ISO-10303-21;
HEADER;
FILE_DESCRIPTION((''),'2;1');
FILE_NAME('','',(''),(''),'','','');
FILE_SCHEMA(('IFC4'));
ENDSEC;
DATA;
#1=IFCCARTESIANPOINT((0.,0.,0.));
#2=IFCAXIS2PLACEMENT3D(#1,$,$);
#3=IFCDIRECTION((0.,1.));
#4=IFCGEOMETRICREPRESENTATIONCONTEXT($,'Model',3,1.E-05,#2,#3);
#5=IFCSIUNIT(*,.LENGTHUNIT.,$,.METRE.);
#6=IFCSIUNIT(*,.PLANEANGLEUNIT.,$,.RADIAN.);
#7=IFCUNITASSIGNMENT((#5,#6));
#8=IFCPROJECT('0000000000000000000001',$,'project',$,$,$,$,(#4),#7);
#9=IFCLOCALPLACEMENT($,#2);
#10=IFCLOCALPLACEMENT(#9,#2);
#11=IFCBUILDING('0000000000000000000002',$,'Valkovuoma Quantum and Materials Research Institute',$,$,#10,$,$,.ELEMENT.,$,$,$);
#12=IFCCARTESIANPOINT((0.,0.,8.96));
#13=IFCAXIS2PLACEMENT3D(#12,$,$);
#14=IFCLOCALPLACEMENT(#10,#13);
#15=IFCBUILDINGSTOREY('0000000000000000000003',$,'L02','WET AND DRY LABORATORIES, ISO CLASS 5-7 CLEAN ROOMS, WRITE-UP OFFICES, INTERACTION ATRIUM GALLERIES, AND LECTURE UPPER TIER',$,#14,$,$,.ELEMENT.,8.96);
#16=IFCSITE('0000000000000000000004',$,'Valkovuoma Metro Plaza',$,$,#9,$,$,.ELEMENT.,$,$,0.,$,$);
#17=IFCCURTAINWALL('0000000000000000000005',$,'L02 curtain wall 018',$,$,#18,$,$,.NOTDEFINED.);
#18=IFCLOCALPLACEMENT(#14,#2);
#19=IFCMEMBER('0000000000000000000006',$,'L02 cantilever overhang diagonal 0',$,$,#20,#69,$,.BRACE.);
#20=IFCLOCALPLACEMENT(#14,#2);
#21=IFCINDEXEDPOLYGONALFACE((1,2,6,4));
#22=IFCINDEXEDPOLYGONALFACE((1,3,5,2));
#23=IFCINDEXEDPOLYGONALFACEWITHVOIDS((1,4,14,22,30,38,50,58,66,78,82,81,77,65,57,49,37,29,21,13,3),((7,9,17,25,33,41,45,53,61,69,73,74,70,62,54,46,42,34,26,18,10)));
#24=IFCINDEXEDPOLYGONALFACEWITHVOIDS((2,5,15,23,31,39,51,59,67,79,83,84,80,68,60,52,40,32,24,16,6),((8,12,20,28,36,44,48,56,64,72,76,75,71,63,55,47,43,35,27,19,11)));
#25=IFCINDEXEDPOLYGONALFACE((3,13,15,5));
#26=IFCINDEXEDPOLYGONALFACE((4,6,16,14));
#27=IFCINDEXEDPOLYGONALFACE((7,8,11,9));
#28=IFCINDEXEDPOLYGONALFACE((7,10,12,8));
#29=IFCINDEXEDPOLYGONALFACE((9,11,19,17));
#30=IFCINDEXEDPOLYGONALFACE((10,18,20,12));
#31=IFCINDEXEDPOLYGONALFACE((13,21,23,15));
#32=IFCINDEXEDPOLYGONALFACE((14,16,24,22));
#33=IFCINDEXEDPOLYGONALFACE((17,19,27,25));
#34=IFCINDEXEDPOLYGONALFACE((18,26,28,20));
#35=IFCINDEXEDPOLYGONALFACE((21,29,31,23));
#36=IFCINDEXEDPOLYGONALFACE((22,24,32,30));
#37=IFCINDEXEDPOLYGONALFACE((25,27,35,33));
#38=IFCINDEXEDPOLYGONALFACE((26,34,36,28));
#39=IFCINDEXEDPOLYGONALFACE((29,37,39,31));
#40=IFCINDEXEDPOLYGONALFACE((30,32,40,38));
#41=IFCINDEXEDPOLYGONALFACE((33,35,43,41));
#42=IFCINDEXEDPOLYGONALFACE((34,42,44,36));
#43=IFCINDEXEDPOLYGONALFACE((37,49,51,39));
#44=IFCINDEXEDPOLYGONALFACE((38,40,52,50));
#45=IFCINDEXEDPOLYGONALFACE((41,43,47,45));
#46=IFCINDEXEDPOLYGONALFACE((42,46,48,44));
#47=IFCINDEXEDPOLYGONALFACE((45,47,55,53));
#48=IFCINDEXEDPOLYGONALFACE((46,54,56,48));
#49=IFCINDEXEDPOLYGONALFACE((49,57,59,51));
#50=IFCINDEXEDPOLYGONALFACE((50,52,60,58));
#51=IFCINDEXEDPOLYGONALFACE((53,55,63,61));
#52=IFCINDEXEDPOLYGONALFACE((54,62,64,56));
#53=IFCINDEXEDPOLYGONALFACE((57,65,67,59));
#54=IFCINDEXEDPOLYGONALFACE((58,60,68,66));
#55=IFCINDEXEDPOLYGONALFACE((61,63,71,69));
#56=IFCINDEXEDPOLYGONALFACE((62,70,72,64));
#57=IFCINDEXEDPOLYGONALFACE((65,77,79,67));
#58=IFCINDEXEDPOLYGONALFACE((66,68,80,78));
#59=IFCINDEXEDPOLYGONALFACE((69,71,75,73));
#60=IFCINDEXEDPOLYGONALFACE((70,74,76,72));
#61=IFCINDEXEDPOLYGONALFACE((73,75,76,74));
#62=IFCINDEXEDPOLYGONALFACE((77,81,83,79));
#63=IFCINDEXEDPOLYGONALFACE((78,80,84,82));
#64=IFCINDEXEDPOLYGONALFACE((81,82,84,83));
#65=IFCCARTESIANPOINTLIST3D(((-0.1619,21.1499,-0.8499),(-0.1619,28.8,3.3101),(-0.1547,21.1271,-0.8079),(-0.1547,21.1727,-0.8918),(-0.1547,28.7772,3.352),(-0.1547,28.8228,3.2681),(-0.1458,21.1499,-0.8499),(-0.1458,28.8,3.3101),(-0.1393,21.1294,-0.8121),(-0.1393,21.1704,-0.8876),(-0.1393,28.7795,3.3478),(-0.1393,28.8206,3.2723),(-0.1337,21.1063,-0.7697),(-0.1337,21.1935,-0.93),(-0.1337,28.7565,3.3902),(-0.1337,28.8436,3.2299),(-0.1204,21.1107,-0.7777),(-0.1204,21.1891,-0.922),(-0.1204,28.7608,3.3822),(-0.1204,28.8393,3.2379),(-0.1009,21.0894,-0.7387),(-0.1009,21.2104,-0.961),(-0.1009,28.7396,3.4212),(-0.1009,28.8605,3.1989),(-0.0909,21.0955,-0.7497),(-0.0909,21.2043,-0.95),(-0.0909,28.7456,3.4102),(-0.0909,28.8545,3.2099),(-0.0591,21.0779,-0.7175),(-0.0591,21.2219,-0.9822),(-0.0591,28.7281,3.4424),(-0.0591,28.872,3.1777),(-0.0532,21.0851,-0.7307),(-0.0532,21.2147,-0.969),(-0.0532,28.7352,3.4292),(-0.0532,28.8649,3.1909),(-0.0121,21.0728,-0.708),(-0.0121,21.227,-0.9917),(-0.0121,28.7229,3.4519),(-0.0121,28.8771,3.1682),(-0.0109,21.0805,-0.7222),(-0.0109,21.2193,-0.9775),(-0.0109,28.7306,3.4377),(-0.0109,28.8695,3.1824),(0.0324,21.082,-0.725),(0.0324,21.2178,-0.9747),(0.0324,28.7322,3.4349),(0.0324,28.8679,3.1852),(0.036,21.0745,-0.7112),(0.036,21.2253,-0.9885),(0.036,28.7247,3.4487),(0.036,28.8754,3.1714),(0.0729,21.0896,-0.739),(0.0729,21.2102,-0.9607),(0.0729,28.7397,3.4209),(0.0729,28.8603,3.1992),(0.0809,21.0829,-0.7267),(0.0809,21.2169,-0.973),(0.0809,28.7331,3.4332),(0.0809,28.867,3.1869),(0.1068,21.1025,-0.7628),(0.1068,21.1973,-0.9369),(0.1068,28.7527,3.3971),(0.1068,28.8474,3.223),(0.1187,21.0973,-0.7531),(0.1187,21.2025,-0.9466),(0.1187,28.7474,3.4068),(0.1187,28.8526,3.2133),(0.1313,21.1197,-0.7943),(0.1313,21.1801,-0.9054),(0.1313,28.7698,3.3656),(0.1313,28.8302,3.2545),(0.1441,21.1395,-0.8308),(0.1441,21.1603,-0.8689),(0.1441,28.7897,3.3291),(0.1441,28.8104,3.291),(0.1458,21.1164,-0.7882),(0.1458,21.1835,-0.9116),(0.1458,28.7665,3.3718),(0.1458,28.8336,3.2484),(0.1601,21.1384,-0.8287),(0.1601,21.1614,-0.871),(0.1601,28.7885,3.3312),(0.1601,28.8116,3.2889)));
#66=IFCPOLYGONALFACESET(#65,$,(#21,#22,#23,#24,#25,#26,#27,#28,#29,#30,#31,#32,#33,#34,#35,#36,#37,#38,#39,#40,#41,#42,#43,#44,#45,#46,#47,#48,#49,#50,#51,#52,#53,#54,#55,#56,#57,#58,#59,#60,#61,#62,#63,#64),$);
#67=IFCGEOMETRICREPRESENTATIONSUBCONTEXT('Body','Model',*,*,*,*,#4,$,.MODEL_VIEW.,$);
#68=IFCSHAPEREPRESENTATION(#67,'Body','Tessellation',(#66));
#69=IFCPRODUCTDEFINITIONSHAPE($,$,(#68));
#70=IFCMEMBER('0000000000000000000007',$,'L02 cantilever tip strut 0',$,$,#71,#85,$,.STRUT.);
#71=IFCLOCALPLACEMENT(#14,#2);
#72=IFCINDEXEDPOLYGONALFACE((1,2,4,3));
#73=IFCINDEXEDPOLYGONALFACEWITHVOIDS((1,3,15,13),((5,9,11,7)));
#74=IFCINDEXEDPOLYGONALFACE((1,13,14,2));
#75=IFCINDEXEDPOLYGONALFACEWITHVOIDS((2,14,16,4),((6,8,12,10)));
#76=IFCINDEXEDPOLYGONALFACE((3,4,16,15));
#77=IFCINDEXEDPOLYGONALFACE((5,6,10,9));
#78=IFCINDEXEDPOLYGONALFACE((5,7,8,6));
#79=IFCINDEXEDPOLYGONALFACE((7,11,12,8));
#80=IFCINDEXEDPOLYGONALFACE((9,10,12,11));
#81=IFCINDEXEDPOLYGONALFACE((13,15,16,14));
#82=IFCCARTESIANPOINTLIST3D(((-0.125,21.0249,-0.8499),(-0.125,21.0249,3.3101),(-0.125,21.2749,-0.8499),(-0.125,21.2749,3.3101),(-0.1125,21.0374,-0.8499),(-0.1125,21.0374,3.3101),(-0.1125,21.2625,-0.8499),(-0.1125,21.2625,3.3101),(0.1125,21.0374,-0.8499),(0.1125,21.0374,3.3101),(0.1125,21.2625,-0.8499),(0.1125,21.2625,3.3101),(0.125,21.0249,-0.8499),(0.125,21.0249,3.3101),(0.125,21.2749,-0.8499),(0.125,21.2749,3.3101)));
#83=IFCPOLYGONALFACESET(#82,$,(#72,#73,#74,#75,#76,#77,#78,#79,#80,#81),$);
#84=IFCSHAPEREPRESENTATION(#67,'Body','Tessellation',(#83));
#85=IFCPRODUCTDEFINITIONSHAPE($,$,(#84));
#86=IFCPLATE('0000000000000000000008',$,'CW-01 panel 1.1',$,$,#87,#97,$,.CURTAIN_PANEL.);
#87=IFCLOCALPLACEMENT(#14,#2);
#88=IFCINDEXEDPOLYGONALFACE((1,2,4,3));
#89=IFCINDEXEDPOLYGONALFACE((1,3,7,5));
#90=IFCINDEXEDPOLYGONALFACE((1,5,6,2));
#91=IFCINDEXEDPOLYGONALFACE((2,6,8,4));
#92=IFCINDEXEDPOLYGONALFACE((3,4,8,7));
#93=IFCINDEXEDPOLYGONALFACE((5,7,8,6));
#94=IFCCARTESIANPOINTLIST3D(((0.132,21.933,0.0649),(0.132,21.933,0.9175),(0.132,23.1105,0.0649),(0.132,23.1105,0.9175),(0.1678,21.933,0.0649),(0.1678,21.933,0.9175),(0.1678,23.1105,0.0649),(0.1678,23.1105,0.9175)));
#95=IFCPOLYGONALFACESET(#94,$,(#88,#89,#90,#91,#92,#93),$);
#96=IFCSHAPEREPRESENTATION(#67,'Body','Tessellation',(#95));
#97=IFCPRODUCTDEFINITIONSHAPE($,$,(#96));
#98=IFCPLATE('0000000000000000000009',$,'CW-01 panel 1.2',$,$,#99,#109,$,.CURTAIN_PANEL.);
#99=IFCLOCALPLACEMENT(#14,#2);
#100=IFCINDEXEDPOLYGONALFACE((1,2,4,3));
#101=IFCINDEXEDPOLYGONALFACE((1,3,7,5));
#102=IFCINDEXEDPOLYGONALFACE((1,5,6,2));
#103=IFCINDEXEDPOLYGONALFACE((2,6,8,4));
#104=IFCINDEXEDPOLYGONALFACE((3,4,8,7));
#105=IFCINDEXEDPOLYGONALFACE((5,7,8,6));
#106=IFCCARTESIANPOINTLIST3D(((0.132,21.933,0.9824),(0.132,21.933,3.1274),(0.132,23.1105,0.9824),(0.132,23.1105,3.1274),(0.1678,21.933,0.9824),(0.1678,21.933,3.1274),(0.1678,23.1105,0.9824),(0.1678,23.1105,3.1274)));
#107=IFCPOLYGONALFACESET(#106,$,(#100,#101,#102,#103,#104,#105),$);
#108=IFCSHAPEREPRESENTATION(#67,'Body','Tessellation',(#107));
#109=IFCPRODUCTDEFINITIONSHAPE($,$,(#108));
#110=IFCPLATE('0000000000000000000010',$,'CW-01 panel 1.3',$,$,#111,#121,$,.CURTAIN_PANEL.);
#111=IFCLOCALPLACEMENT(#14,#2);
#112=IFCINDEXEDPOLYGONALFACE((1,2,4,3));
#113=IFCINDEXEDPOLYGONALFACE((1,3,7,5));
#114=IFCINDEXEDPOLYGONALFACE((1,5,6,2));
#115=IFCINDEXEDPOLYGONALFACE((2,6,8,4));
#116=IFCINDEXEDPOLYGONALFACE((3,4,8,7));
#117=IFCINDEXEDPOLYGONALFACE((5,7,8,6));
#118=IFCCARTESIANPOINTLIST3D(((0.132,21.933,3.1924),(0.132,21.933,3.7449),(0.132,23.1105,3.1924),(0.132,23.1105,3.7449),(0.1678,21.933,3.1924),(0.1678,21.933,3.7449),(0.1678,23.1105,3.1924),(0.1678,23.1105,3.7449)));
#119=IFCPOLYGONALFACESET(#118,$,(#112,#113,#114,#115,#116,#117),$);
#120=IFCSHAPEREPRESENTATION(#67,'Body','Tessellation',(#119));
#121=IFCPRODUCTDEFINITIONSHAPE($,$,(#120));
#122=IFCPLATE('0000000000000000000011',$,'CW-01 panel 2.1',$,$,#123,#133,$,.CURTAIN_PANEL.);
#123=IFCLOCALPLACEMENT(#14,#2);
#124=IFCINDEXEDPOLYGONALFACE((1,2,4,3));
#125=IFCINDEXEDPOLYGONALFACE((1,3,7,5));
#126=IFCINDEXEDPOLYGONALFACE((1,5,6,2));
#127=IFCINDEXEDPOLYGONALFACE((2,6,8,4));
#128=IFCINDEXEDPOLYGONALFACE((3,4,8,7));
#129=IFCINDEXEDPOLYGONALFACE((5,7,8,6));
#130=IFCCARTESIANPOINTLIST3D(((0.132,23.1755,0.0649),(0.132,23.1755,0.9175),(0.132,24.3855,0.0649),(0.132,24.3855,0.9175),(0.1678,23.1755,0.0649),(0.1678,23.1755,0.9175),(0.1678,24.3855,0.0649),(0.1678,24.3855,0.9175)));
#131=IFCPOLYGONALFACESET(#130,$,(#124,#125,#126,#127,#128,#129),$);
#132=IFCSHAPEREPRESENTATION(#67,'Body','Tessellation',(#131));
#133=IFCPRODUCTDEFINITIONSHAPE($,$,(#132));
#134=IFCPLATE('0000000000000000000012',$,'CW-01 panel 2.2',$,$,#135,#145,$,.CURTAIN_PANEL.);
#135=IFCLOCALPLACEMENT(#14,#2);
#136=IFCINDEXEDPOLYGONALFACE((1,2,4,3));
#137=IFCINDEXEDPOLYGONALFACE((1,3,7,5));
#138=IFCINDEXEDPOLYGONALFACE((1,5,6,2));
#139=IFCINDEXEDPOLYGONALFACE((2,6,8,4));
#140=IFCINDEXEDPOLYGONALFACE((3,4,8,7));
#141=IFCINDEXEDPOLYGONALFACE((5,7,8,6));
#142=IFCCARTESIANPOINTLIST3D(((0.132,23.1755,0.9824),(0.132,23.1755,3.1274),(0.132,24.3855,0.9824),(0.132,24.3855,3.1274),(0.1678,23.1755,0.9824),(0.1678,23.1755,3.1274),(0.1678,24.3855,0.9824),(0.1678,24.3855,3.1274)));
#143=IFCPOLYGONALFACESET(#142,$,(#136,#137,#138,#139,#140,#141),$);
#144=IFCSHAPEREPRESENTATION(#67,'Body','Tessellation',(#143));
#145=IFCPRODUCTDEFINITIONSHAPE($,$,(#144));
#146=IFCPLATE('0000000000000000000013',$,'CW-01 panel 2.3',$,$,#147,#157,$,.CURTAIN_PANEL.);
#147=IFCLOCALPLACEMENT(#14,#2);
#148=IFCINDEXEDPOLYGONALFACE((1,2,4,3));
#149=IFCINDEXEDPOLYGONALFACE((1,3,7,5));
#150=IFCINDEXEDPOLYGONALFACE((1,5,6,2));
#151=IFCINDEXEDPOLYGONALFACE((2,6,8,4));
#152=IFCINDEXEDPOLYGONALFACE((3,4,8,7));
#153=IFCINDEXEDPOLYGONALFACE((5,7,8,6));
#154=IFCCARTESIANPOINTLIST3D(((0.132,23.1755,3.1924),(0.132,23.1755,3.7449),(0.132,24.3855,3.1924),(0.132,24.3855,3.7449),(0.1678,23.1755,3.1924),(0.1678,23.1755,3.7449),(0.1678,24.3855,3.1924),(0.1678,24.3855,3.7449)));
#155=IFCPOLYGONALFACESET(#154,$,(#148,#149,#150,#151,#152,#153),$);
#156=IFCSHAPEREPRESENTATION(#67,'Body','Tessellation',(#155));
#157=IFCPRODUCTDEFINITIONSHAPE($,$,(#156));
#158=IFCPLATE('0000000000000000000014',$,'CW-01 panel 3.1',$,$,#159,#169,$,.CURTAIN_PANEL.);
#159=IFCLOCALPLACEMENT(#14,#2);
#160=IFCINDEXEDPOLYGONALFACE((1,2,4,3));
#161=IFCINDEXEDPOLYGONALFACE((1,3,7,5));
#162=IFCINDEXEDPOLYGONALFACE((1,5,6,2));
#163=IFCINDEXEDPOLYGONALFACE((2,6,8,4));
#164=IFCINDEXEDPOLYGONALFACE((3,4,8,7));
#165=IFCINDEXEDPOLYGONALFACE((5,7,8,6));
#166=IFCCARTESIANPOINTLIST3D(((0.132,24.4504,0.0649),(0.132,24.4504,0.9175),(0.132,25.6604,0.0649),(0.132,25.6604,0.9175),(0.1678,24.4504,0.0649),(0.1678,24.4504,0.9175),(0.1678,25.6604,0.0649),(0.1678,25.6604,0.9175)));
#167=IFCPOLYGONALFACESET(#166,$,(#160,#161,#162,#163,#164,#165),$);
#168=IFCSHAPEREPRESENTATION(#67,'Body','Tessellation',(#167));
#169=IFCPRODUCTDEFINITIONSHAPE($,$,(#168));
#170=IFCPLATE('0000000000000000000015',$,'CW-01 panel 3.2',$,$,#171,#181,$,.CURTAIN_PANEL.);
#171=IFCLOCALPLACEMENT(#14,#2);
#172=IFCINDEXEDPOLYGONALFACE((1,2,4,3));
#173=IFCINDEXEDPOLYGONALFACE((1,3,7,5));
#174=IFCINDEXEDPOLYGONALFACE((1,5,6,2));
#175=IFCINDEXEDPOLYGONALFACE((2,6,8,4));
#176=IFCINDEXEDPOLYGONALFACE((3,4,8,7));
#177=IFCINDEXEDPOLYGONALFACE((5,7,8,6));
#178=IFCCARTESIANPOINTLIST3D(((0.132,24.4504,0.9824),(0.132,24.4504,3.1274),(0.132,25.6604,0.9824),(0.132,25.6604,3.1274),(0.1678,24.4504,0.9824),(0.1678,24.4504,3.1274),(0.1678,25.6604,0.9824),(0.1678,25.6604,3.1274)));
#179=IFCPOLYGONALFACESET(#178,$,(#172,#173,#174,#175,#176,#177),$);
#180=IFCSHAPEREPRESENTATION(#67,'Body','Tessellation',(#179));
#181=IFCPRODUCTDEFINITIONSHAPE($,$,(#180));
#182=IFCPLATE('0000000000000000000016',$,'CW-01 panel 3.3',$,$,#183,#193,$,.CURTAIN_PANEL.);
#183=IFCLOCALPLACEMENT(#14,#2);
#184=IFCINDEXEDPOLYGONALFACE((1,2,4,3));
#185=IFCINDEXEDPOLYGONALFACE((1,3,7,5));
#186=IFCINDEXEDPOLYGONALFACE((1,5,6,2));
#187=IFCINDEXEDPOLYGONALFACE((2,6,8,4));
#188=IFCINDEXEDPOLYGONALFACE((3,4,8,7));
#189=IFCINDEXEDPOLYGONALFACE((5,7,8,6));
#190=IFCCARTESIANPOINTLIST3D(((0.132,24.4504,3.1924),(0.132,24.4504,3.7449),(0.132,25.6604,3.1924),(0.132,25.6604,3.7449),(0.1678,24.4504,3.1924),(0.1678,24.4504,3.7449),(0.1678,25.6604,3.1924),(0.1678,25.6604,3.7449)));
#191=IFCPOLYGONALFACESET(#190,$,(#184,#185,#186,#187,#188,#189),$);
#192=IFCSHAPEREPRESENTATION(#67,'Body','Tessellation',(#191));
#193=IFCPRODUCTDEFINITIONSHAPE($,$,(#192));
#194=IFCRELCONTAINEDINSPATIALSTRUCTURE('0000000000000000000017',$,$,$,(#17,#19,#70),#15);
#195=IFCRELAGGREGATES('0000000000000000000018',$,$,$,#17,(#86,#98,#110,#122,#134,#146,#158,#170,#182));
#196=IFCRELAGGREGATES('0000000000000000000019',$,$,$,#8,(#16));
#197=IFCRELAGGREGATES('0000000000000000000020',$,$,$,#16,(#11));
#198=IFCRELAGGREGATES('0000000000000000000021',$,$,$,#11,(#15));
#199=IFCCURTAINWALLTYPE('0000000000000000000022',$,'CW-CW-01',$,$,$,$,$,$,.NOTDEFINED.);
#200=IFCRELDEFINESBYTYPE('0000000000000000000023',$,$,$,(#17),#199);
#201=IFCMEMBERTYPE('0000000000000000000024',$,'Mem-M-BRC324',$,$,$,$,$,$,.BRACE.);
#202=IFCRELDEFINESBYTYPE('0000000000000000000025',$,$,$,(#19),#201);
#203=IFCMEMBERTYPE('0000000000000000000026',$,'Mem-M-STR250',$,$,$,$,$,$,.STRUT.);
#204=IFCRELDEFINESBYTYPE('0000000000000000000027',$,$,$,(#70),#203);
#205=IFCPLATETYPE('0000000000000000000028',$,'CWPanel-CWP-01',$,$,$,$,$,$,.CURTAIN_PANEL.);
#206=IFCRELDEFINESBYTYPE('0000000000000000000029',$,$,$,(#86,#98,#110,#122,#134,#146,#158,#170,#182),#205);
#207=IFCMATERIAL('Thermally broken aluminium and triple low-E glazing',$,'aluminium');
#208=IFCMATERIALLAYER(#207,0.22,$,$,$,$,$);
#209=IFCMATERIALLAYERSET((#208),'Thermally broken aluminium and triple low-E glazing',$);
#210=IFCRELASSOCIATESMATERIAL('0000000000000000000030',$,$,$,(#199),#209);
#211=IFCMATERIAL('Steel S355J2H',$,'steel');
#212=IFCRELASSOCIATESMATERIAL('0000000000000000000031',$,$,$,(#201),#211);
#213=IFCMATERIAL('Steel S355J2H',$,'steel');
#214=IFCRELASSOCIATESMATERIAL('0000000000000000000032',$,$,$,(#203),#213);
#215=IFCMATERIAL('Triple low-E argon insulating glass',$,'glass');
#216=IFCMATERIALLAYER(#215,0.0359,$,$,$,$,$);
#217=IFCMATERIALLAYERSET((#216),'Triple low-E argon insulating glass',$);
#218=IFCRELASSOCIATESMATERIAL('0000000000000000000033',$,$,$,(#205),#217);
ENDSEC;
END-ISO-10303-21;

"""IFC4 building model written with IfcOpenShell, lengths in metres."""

from ifc_helpers import new_model, si_unit, direction, frame, origin, origin_2d, place, context, subcontext, project, spatial, rectangle, hollow_rectangle, hollow_circle, extrude, material, layer, layer_set, material_profile, profile_set, type_object, element, aggregate, save


model = new_model("IFC4")

# Units and contexts
model_context = context("Model", 3, precision=1e-05, world=origin(), true_north=direction((0.0, 1.0)))
body_context = subcontext(model_context, "Body", "Model", "MODEL_VIEW")
ifc_project = project(units=[si_unit("LENGTHUNIT", "METRE"), si_unit("PLANEANGLEUNIT", "RADIAN")], contexts=[model_context])

# Site, building, storey
site_placement = place(None, origin())
site = spatial("IfcSite", under=ifc_project, at=site_placement, Name="Valkovuoma Metro Plaza", CompositionType="ELEMENT", RefElevation=0.0)
building_placement = place(site_placement, origin())
building = spatial("IfcBuilding", under=site, at=building_placement, Name="Valkovuoma Quantum and Materials Research Institute", CompositionType="ELEMENT")
storey_placement = place(building_placement, frame((0.0, 0.0, 8.96)))
storey = spatial("IfcBuildingStorey", under=building, at=storey_placement, Name="L02", Description="WET AND DRY LABORATORIES, ISO CLASS 5-7 CLEAN ROOMS, WRITE-UP OFFICES, INTERACTION ATRIUM GALLERIES, AND LECTURE UPPER TIER", CompositionType="ELEMENT", Elevation=8.96)

# Curtain wall
ifc_material_1 = material(Name="Thermally broken aluminium and triple low-E glazing", Category="aluminium")
ifc_layer_1 = layer(ifc_material_1, 0.22)
ifc_layer_set_1 = layer_set([ifc_layer_1], Name="Thermally broken aluminium and triple low-E glazing")
curtain_wall_type = type_object("IfcCurtainWallType", Name="CW-CW-01", PredefinedType="NOTDEFINED", material=ifc_layer_set_1)
curtain_wall_placement = place(storey_placement, origin())
curtain_wall = element("IfcCurtainWall", 1, at=curtain_wall_placement, inside=storey, type_object=curtain_wall_type, Name="L02 curtain wall 018", PredefinedType="NOTDEFINED")

# Members
ifc_material_2 = material(Name="Steel S355J2H", Category="steel")
ifc_material_profile_1 = material_profile(ifc_material_2, hollow_circle(Radius=0.1619, WallThickness=0.0161, at=origin_2d()), Name="Steel S355J2H")
ifc_profile_set_1 = profile_set([ifc_material_profile_1], Name="Steel S355J2H")
member_type_1 = type_object("IfcMemberType", Name="Mem-M-BRC324", PredefinedType="BRACE", material=ifc_profile_set_1)
member_1_placement = place(storey_placement, frame((0.0, 21.1499, -0.8499), z_axis=(0.0, 0.878517, 0.47771), x_axis=(-1.0, 0.0, 0.0)))
element("IfcMember", 2, at=member_1_placement, inside=storey, type_object=member_type_1, Name="L02 cantilever overhang diagonal 0", PredefinedType="BRACE", context=body_context, shape_type="SweptSolid", body=[
    extrude(hollow_circle(Radius=0.1619, WallThickness=0.0161, at=origin_2d()), origin(), (0.0, 0.0, 1.0), 8.708),
])
ifc_material_3 = material(Name="Steel S355J2H", Category="steel")
ifc_material_profile_2 = material_profile(ifc_material_3, hollow_rectangle(XDim=0.25, YDim=0.25, WallThickness=0.0125, at=origin_2d()), Name="Steel S355J2H")
ifc_profile_set_2 = profile_set([ifc_material_profile_2], Name="Steel S355J2H")
member_type_2 = type_object("IfcMemberType", Name="Mem-M-STR250", PredefinedType="STRUT", material=ifc_profile_set_2)
member_2_placement = place(storey_placement, frame((0.0, 21.1499, -0.8499), z_axis=(0.0, 0.0, 1.0), x_axis=(1.0, 0.0, 0.0)))
element("IfcMember", 3, at=member_2_placement, inside=storey, type_object=member_type_2, Name="L02 cantilever tip strut 0", PredefinedType="STRUT", context=body_context, shape_type="SweptSolid", body=[
    extrude(hollow_rectangle(XDim=0.25, YDim=0.25, WallThickness=0.0125, at=origin_2d()), origin(), (0.0, 0.0, 1.0), 4.1599),
])

# Plates
ifc_material_4 = material(Name="Triple low-E argon insulating glass", Category="glass")
ifc_layer_2 = layer(ifc_material_4, 0.0359)
ifc_layer_set_2 = layer_set([ifc_layer_2], Name="Triple low-E argon insulating glass")
plate_type = type_object("IfcPlateType", Name="CWPanel-CWP-01", PredefinedType="CURTAIN_PANEL", material=ifc_layer_set_2)
plate_1_placement = place(storey_placement, frame((0.1499, 22.5217, 0.0649), z_axis=(0.0, 0.0, 1.0), x_axis=(0.0, 1.0, 0.0)))
plate_1 = element("IfcPlate", 4, at=plate_1_placement, type_object=plate_type, Name="CW-01 panel 1.1", PredefinedType="CURTAIN_PANEL", context=body_context, shape_type="SweptSolid", body=[
    extrude(rectangle(XDim=1.1775, YDim=0.0359, at=origin_2d()), origin(), (0.0, 0.0, 1.0), 0.8525),
])
plate_2_placement = place(storey_placement, frame((0.1499, 22.5217, 0.9824), z_axis=(0.0, 0.0, 1.0), x_axis=(0.0, 1.0, 0.0)))
plate_2 = element("IfcPlate", 5, at=plate_2_placement, type_object=plate_type, Name="CW-01 panel 1.2", PredefinedType="CURTAIN_PANEL", context=body_context, shape_type="SweptSolid", body=[
    extrude(rectangle(XDim=1.1775, YDim=0.0359, at=origin_2d()), origin(), (0.0, 0.0, 1.0), 2.145),
])
plate_3_placement = place(storey_placement, frame((0.1499, 22.5217, 3.1924), z_axis=(0.0, 0.0, 1.0), x_axis=(0.0, 1.0, 0.0)))
plate_3 = element("IfcPlate", 6, at=plate_3_placement, type_object=plate_type, Name="CW-01 panel 1.3", PredefinedType="CURTAIN_PANEL", context=body_context, shape_type="SweptSolid", body=[
    extrude(rectangle(XDim=1.1775, YDim=0.0359, at=origin_2d()), origin(), (0.0, 0.0, 1.0), 0.5525),
])
plate_4_placement = place(storey_placement, frame((0.1499, 23.7805, 0.0649), z_axis=(0.0, 0.0, 1.0), x_axis=(0.0, 1.0, 0.0)))
plate_4 = element("IfcPlate", 7, at=plate_4_placement, type_object=plate_type, Name="CW-01 panel 2.1", PredefinedType="CURTAIN_PANEL", context=body_context, shape_type="SweptSolid", body=[
    extrude(rectangle(XDim=1.21, YDim=0.0359, at=origin_2d()), origin(), (0.0, 0.0, 1.0), 0.8525),
])
plate_5_placement = place(storey_placement, frame((0.1499, 23.7805, 0.9824), z_axis=(0.0, 0.0, 1.0), x_axis=(0.0, 1.0, 0.0)))
plate_5 = element("IfcPlate", 8, at=plate_5_placement, type_object=plate_type, Name="CW-01 panel 2.2", PredefinedType="CURTAIN_PANEL", context=body_context, shape_type="SweptSolid", body=[
    extrude(rectangle(XDim=1.21, YDim=0.0359, at=origin_2d()), origin(), (0.0, 0.0, 1.0), 2.145),
])
plate_6_placement = place(storey_placement, frame((0.1499, 23.7805, 3.1924), z_axis=(0.0, 0.0, 1.0), x_axis=(0.0, 1.0, 0.0)))
plate_6 = element("IfcPlate", 9, at=plate_6_placement, type_object=plate_type, Name="CW-01 panel 2.3", PredefinedType="CURTAIN_PANEL", context=body_context, shape_type="SweptSolid", body=[
    extrude(rectangle(XDim=1.21, YDim=0.0359, at=origin_2d()), origin(), (0.0, 0.0, 1.0), 0.5525),
])
plate_7_placement = place(storey_placement, frame((0.1499, 25.0554, 0.0649), z_axis=(0.0, 0.0, 1.0), x_axis=(0.0, 1.0, 0.0)))
plate_7 = element("IfcPlate", 10, at=plate_7_placement, type_object=plate_type, Name="CW-01 panel 3.1", PredefinedType="CURTAIN_PANEL", context=body_context, shape_type="SweptSolid", body=[
    extrude(rectangle(XDim=1.21, YDim=0.0359, at=origin_2d()), origin(), (0.0, 0.0, 1.0), 0.8525),
])
plate_8_placement = place(storey_placement, frame((0.1499, 25.0554, 0.9824), z_axis=(0.0, 0.0, 1.0), x_axis=(0.0, 1.0, 0.0)))
plate_8 = element("IfcPlate", 11, at=plate_8_placement, type_object=plate_type, Name="CW-01 panel 3.2", PredefinedType="CURTAIN_PANEL", context=body_context, shape_type="SweptSolid", body=[
    extrude(rectangle(XDim=1.21, YDim=0.0359, at=origin_2d()), origin(), (0.0, 0.0, 1.0), 2.145),
])
plate_9_placement = place(storey_placement, frame((0.1499, 25.0554, 3.1924), z_axis=(0.0, 0.0, 1.0), x_axis=(0.0, 1.0, 0.0)))
plate_9 = element("IfcPlate", 12, at=plate_9_placement, type_object=plate_type, Name="CW-01 panel 3.3", PredefinedType="CURTAIN_PANEL", context=body_context, shape_type="SweptSolid", body=[
    extrude(rectangle(XDim=1.21, YDim=0.0359, at=origin_2d()), origin(), (0.0, 0.0, 1.0), 0.5525),
])
aggregate(curtain_wall, [plate_1, plate_2, plate_3, plate_4, plate_5, plate_6, plate_7, plate_8, plate_9])

save(model, "model.ifc")
